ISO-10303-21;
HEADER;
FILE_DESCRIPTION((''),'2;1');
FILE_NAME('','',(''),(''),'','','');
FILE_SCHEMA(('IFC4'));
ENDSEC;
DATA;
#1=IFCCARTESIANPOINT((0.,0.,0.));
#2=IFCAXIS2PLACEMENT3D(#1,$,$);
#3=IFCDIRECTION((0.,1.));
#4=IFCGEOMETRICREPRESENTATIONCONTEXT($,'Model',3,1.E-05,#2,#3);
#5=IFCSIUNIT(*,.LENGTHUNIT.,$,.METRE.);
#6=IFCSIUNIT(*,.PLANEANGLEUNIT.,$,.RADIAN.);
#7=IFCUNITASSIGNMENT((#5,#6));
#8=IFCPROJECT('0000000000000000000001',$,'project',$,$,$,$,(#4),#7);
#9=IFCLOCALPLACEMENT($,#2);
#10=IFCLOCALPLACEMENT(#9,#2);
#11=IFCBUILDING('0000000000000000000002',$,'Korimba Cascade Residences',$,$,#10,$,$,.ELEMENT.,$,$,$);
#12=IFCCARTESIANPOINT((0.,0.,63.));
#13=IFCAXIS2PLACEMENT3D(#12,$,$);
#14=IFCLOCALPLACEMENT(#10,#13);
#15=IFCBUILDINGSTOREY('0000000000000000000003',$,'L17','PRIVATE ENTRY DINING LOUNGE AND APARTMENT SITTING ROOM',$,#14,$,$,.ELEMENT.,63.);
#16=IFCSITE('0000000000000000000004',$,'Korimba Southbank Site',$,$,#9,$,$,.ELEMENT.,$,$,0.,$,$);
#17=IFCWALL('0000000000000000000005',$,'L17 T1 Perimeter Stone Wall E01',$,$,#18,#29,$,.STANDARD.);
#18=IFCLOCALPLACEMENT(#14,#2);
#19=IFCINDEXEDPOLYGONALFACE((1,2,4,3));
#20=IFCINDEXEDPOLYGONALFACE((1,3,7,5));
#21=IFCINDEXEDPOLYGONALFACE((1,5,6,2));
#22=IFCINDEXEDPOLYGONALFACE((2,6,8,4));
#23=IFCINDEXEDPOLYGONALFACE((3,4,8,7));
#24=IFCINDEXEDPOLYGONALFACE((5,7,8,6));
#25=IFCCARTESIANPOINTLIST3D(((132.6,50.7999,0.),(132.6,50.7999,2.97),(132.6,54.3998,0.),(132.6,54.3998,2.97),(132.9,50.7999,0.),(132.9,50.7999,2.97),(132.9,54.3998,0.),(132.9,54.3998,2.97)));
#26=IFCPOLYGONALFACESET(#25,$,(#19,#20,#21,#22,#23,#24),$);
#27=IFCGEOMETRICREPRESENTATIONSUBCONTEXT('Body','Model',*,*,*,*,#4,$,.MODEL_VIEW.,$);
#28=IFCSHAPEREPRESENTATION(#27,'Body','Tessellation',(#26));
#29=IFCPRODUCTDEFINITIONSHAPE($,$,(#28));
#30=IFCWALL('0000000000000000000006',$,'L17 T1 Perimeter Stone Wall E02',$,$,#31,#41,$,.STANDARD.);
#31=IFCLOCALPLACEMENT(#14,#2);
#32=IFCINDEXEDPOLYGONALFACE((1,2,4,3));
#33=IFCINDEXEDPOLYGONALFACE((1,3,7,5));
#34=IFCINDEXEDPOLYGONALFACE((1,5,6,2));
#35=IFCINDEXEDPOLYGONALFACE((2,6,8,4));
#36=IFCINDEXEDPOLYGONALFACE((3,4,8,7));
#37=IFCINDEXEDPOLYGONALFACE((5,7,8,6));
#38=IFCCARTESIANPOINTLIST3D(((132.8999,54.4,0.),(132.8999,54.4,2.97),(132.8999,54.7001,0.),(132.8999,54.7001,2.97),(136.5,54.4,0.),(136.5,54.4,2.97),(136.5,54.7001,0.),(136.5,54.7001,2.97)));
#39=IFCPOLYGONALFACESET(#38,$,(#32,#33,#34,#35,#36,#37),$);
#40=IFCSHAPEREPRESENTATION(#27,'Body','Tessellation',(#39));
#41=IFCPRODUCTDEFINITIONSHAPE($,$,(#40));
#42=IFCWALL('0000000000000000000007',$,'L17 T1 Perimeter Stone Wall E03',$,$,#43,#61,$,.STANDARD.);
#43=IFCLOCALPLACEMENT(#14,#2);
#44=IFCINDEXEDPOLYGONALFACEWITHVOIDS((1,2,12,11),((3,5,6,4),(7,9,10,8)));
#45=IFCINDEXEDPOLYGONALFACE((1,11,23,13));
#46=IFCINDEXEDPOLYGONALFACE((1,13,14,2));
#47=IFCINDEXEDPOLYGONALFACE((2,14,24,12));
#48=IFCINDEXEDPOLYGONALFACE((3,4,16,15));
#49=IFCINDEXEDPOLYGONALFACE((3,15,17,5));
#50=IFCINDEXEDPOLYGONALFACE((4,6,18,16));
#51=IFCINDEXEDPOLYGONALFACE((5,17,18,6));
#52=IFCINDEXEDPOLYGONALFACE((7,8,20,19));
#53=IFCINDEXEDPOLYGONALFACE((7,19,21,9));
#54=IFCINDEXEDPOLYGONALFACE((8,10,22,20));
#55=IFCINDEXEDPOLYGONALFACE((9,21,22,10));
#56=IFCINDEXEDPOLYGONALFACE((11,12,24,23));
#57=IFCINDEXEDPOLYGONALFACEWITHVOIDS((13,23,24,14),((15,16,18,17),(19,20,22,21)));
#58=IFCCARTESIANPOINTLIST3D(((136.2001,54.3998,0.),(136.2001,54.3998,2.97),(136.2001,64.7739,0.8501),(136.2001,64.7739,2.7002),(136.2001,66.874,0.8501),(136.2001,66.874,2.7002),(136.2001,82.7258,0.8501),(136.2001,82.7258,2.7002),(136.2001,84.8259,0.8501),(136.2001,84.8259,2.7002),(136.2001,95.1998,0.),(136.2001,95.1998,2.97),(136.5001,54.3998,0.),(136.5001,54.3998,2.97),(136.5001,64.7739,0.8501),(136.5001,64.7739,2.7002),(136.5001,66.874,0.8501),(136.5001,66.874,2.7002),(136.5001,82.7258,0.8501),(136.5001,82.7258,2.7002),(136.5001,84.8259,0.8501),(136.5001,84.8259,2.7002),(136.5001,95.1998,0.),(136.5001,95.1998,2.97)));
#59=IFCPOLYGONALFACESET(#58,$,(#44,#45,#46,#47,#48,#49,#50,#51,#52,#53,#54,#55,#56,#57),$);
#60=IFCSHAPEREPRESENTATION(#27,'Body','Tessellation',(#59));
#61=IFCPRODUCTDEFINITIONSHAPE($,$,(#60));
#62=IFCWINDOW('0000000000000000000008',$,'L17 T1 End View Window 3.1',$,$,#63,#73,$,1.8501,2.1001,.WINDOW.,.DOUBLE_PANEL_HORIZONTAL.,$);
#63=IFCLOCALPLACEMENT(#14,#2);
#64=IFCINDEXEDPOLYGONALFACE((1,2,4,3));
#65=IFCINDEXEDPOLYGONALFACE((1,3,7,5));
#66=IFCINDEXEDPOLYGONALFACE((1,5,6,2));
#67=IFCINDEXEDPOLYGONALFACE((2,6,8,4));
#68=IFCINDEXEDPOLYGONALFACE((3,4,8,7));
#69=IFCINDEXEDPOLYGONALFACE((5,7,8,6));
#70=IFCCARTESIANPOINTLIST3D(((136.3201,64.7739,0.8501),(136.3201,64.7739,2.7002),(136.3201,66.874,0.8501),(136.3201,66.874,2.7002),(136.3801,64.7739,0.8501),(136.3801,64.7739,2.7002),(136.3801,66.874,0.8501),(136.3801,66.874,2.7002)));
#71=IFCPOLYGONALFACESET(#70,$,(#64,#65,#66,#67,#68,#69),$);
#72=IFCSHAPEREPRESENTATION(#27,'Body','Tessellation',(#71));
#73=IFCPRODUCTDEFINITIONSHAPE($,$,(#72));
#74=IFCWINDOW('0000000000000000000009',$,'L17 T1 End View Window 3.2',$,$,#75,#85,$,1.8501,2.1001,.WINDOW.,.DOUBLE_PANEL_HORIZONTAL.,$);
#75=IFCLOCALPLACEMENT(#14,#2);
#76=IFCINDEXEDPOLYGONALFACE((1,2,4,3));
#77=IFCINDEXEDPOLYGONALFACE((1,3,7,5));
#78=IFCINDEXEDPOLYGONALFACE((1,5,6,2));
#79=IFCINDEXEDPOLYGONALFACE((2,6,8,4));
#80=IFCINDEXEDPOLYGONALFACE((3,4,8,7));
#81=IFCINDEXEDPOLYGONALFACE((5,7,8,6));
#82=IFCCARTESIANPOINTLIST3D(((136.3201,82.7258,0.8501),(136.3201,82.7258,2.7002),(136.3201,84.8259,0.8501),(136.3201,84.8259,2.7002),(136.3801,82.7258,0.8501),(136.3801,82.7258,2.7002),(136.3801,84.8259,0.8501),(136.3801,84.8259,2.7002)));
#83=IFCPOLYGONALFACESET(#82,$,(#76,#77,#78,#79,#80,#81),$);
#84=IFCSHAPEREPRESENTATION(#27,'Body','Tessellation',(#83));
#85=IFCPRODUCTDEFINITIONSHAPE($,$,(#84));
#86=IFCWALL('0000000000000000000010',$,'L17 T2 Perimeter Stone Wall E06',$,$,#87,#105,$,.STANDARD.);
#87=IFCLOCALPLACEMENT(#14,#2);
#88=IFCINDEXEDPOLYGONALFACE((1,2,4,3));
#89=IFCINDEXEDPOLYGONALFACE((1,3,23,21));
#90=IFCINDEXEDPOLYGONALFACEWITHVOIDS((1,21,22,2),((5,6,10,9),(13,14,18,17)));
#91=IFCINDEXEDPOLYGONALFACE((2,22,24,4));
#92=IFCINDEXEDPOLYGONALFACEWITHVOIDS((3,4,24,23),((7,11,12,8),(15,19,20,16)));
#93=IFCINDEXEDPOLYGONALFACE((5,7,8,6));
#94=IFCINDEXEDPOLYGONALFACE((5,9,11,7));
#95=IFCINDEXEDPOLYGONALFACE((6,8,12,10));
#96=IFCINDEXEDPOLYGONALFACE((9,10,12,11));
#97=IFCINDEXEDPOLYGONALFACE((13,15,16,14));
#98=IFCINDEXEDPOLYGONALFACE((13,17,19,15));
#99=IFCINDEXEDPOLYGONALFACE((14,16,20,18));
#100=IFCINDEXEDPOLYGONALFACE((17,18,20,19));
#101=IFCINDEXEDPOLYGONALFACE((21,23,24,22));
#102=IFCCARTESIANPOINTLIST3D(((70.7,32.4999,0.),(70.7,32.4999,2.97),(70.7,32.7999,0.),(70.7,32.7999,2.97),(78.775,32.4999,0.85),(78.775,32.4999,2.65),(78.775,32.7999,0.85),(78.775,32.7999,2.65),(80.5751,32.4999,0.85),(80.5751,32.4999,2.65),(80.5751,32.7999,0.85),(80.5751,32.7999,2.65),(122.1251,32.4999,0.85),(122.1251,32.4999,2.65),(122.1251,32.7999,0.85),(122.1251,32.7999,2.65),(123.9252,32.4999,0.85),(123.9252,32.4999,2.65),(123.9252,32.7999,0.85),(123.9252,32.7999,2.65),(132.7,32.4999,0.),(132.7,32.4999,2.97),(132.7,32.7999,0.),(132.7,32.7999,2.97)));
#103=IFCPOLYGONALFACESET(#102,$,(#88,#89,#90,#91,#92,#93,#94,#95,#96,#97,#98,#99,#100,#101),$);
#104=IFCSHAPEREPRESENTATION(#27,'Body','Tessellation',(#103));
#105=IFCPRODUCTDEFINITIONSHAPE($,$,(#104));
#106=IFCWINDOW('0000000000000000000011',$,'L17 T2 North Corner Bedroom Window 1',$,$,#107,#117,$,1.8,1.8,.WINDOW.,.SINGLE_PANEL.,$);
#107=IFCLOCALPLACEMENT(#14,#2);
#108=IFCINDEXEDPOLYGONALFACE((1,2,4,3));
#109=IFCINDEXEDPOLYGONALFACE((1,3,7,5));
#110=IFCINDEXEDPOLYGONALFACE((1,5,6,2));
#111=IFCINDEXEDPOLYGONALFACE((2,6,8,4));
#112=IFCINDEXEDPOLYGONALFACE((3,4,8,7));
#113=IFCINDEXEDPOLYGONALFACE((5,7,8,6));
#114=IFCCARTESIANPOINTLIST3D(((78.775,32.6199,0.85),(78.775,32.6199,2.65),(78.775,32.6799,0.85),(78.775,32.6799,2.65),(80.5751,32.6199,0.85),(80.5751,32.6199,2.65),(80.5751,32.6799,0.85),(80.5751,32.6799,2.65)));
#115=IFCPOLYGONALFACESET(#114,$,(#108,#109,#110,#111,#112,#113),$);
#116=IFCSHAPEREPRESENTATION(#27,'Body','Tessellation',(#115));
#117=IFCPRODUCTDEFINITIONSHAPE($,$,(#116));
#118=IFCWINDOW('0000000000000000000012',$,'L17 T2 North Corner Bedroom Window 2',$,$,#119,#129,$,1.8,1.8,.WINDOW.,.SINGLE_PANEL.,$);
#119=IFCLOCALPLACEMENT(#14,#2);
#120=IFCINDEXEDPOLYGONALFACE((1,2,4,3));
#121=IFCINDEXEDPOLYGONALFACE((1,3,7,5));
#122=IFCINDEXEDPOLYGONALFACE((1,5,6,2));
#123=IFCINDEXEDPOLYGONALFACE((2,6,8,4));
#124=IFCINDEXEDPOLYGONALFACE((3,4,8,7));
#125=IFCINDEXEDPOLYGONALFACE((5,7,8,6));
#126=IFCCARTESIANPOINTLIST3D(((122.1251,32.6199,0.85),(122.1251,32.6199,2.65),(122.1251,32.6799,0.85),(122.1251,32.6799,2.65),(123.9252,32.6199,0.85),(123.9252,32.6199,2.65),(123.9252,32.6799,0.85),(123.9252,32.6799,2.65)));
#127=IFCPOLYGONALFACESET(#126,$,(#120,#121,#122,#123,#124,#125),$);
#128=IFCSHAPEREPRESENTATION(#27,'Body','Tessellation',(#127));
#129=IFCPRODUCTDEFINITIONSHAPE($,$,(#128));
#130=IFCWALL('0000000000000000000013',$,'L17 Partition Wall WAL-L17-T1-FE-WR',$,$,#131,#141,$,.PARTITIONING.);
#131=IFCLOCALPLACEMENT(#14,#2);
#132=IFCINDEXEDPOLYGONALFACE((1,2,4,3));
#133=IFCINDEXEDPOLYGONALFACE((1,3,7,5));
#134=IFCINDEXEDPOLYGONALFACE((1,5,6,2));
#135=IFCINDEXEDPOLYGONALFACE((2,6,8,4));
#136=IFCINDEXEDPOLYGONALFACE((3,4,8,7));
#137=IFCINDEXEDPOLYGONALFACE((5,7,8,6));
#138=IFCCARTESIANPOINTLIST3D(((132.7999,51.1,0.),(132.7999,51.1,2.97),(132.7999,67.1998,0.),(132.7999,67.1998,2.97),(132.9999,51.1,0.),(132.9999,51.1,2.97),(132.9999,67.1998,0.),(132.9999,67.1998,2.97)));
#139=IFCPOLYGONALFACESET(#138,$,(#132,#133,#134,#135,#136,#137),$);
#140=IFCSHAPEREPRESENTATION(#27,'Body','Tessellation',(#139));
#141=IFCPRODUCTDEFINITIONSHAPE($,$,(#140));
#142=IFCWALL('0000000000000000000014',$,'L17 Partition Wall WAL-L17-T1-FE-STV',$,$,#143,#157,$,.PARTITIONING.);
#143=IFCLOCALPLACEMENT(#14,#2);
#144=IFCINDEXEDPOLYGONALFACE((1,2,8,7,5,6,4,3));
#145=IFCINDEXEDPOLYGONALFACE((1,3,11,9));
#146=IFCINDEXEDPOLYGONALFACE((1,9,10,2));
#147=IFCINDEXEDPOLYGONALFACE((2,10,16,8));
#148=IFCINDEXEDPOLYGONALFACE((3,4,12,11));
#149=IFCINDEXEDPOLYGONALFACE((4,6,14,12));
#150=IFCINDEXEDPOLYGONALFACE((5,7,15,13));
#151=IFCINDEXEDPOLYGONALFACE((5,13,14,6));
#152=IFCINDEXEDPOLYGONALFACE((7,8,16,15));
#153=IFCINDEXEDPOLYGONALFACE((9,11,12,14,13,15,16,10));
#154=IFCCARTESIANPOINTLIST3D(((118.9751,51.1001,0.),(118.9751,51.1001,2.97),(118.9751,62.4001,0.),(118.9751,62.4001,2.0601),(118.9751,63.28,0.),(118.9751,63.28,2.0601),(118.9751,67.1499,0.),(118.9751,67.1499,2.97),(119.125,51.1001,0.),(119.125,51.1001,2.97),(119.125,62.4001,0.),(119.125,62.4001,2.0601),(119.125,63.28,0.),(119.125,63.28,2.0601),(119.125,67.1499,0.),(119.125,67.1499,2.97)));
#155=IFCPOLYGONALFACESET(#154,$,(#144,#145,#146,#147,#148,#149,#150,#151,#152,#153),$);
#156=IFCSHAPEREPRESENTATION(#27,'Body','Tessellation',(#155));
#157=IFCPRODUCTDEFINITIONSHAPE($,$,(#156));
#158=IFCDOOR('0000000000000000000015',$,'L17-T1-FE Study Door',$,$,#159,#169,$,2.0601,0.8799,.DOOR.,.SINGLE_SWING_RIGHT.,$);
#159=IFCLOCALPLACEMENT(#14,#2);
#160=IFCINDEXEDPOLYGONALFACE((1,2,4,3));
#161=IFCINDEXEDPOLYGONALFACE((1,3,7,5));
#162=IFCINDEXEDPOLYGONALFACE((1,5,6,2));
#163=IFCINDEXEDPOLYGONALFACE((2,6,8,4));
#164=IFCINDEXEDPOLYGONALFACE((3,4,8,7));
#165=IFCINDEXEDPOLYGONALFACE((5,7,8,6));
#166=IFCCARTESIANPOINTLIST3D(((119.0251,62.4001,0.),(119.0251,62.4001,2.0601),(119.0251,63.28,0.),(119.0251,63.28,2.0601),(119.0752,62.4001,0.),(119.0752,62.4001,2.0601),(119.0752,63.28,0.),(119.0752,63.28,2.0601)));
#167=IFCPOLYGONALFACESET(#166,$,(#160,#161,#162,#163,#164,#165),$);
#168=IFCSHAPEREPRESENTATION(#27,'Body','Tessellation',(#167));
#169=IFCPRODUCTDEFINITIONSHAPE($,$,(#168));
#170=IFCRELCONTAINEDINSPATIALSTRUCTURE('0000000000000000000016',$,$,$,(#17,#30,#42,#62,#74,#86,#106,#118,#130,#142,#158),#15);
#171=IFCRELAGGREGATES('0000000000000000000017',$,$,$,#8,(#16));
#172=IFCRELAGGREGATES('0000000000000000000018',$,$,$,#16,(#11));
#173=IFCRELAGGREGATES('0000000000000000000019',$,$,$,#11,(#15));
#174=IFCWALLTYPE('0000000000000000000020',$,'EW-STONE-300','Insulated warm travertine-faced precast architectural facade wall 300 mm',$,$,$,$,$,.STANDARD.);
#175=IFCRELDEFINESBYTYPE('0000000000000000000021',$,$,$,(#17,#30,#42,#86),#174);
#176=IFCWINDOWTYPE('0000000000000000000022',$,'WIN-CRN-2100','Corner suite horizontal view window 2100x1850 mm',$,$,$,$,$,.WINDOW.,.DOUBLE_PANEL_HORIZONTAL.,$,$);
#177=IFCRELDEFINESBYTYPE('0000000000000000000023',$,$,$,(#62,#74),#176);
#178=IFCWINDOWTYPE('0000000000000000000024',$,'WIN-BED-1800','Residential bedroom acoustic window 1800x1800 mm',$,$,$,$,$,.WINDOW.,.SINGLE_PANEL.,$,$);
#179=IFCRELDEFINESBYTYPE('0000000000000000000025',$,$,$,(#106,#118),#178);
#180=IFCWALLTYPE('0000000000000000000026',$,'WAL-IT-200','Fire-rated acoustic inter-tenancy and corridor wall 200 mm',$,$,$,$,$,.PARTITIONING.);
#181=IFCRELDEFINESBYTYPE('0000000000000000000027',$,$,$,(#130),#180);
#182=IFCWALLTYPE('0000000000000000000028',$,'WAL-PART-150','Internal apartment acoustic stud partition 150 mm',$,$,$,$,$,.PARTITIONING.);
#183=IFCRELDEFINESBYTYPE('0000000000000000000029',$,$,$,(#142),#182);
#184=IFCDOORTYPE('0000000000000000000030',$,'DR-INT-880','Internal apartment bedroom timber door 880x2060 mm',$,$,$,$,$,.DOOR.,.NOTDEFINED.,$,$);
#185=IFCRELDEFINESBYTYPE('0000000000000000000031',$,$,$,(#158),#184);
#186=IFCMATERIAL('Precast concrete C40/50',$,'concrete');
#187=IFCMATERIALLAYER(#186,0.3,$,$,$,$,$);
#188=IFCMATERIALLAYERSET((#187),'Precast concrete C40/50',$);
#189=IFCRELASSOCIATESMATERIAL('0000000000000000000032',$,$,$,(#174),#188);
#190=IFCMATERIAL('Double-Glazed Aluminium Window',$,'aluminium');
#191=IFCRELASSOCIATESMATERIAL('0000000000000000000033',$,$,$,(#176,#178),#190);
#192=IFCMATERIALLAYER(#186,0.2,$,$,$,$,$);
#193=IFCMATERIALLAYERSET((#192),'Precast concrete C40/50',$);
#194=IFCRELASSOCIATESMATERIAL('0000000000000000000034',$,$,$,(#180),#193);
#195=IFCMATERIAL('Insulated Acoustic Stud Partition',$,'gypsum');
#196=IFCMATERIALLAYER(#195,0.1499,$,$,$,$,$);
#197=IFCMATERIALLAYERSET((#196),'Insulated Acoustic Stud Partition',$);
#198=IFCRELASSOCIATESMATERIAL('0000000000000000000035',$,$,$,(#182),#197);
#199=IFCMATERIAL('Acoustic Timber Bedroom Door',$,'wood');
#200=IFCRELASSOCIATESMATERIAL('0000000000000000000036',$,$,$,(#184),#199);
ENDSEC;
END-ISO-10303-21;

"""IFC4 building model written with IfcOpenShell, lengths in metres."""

from ifc_helpers import new_model, si_unit, direction, frame, frame_2d, origin, place, context, subcontext, project, spatial, rectangle, extrude, material, layer, layer_set, type_object, element, fill, save


model = new_model("IFC4")

# Units and contexts
model_context = context("Model", 3, precision=1e-05, world=origin(), true_north=direction((0.0, 1.0)))
body_context = subcontext(model_context, "Body", "Model", "MODEL_VIEW")
ifc_project = project(units=[si_unit("LENGTHUNIT", "METRE"), si_unit("PLANEANGLEUNIT", "RADIAN")], contexts=[model_context])

# Site, building, storey
site_placement = place(None, origin())
site = spatial("IfcSite", under=ifc_project, at=site_placement, Name="Korimba Southbank Site", CompositionType="ELEMENT", RefElevation=0.0)
building_placement = place(site_placement, origin())
building = spatial("IfcBuilding", under=site, at=building_placement, Name="Korimba Cascade Residences", CompositionType="ELEMENT")
storey_placement = place(building_placement, frame((0.0, 0.0, 63.0)))
storey = spatial("IfcBuildingStorey", under=building, at=storey_placement, Name="L17", Description="PRIVATE ENTRY DINING LOUNGE AND APARTMENT SITTING ROOM", CompositionType="ELEMENT", Elevation=63.0)

# Walls
ifc_material_1 = material(Name="Precast concrete C40/50", Category="concrete")
ifc_layer_1 = layer(ifc_material_1, 0.3)
ifc_layer_set_1 = layer_set([ifc_layer_1], Name="Precast concrete C40/50")
wall_type_1 = type_object("IfcWallType", Name="EW-STONE-300", Description="Insulated warm travertine-faced precast architectural facade wall 300 mm", PredefinedType="STANDARD", material=ifc_layer_set_1)
wall_1_placement = place(storey_placement, frame((132.75, 50.8, 0.0), z_axis=(0.0, 0.0, 1.0), x_axis=(0.0, 1.0, 0.0)))
element("IfcWall", 1, at=wall_1_placement, inside=storey, type_object=wall_type_1, Name="L17 T1 Perimeter Stone Wall E01", PredefinedType="STANDARD", context=body_context, shape_type="SweptSolid", body=[
    extrude(rectangle(XDim=3.5999, YDim=0.3, at=frame_2d((1.7998, 0.0))), origin(), (0.0, 0.0, 1.0), 2.97),
])
wall_2_placement = place(storey_placement, frame((132.8999, 54.55, 0.0), z_axis=(0.0, 0.0, 1.0), x_axis=(1.0, 0.0, 0.0)))
element("IfcWall", 2, at=wall_2_placement, inside=storey, type_object=wall_type_1, Name="L17 T1 Perimeter Stone Wall E02", PredefinedType="STANDARD", context=body_context, shape_type="SweptSolid", body=[
    extrude(rectangle(XDim=3.6001, YDim=0.3, at=frame_2d((1.8, 0.0))), origin(), (0.0, 0.0, 1.0), 2.97),
])

# Walls, openings, windows
wall_3_placement = place(storey_placement, frame((136.3501, 54.3999, 0.0), z_axis=(0.0, 0.0, 1.0), x_axis=(0.0, 1.0, 0.0)))
wall_3 = element("IfcWall", 3, at=wall_3_placement, inside=storey, type_object=wall_type_1, Name="L17 T1 Perimeter Stone Wall E03", PredefinedType="STANDARD", context=body_context, shape_type="SweptSolid", body=[
    extrude(rectangle(XDim=40.8, YDim=0.3, at=frame_2d((20.3999, 0.0))), origin(), (0.0, 0.0, 1.0), 2.97),
])
opening_1_placement = place(wall_3_placement, frame((10.374, 0.0, 0.8501)))
opening_1 = element("IfcOpeningElement", 4, at=opening_1_placement, cuts=wall_3, PredefinedType="OPENING", context=body_context, shape_type="SweptSolid", body=[
    extrude(rectangle(XDim=2.1001, YDim=1.8501, at=frame_2d((1.05, 0.925))), frame((0.0, 0.1602, 0.0), z_axis=(0.0, -1.0, 0.0), x_axis=(1.0, 0.0, 0.0)), (0.0, 0.0, 1.0), 0.3201),
])
opening_2_placement = place(wall_3_placement, frame((28.3259, 0.0, 0.8501)))
opening_2 = element("IfcOpeningElement", 5, at=opening_2_placement, cuts=wall_3, PredefinedType="OPENING", context=body_context, shape_type="SweptSolid", body=[
    extrude(rectangle(XDim=2.1001, YDim=1.8501, at=frame_2d((1.05, 0.925))), frame((0.0, 0.1602, 0.0), z_axis=(0.0, -1.0, 0.0), x_axis=(1.0, 0.0, 0.0)), (0.0, 0.0, 1.0), 0.3201),
])
ifc_material_2 = material(Name="Double-Glazed Aluminium Window", Category="aluminium")
window_type_1 = type_object("IfcWindowType", Name="WIN-CRN-2100", Description="Corner suite horizontal view window 2100x1850 mm", PartitioningType="DOUBLE_PANEL_HORIZONTAL", PredefinedType="WINDOW", material=ifc_material_2)
window_1_placement = place(opening_1_placement, origin())
window_1 = element("IfcWindow", 6, at=window_1_placement, inside=storey, type_object=window_type_1, Name="L17 T1 End View Window 3.1", OverallHeight=1.8501, OverallWidth=2.1001, PartitioningType="DOUBLE_PANEL_HORIZONTAL", PredefinedType="WINDOW", context=body_context, shape_type="SweptSolid", body=[
    extrude(rectangle(XDim=2.1001, YDim=1.8501, at=frame_2d((1.05, 0.925))), frame((0.0, 0.03, 0.0), z_axis=(0.0, -1.0, 0.0), x_axis=(1.0, 0.0, 0.0)), (0.0, 0.0, 1.0), 0.0601),
])
fill(opening_1, window_1)
window_2_placement = place(opening_2_placement, origin())
window_2 = element("IfcWindow", 7, at=window_2_placement, inside=storey, type_object=window_type_1, Name="L17 T1 End View Window 3.2", OverallHeight=1.8501, OverallWidth=2.1001, PartitioningType="DOUBLE_PANEL_HORIZONTAL", PredefinedType="WINDOW", context=body_context, shape_type="SweptSolid", body=[
    extrude(rectangle(XDim=2.1001, YDim=1.8501, at=frame_2d((1.05, 0.925))), frame((0.0, 0.03, 0.0), z_axis=(0.0, -1.0, 0.0), x_axis=(1.0, 0.0, 0.0)), (0.0, 0.0, 1.0), 0.0601),
])
fill(opening_2, window_2)
wall_4_placement = place(storey_placement, frame((132.7, 32.6499, 0.0), z_axis=(0.0, 0.0, 1.0), x_axis=(-1.0, 0.0, 0.0)))
wall_4 = element("IfcWall", 8, at=wall_4_placement, inside=storey, type_object=wall_type_1, Name="L17 T2 Perimeter Stone Wall E06", PredefinedType="STANDARD", context=body_context, shape_type="SweptSolid", body=[
    extrude(rectangle(XDim=62.0, YDim=0.3, at=frame_2d((31.0, 0.0))), origin(), (0.0, 0.0, 1.0), 2.97),
])
opening_3_placement = place(wall_4_placement, frame((52.125, 0.0, 0.8501)))
opening_3 = element("IfcOpeningElement", 9, at=opening_3_placement, cuts=wall_4, PredefinedType="OPENING", context=body_context, shape_type="SweptSolid", body=[
    extrude(rectangle(XDim=1.8, YDim=1.8, at=frame_2d((0.8999, 0.8999))), frame((0.0, 0.1602, 0.0), z_axis=(0.0, -1.0, 0.0), x_axis=(1.0, 0.0, 0.0)), (0.0, 0.0, 1.0), 0.3201),
])
opening_4_placement = place(wall_4_placement, frame((8.7749, 0.0, 0.8501)))
opening_4 = element("IfcOpeningElement", 10, at=opening_4_placement, cuts=wall_4, PredefinedType="OPENING", context=body_context, shape_type="SweptSolid", body=[
    extrude(rectangle(XDim=1.8, YDim=1.8, at=frame_2d((0.8999, 0.8999))), frame((0.0, 0.1602, 0.0), z_axis=(0.0, -1.0, 0.0), x_axis=(1.0, 0.0, 0.0)), (0.0, 0.0, 1.0), 0.3201),
])
window_type_2 = type_object("IfcWindowType", Name="WIN-BED-1800", Description="Residential bedroom acoustic window 1800x1800 mm", PartitioningType="SINGLE_PANEL", PredefinedType="WINDOW", material=ifc_material_2)
window_3_placement = place(opening_3_placement, origin())
window_3 = element("IfcWindow", 11, at=window_3_placement, inside=storey, type_object=window_type_2, Name="L17 T2 North Corner Bedroom Window 1", OverallHeight=1.8, OverallWidth=1.8, PartitioningType="SINGLE_PANEL", PredefinedType="WINDOW", context=body_context, shape_type="SweptSolid", body=[
    extrude(rectangle(XDim=1.8, YDim=1.8, at=frame_2d((0.8999, 0.8999))), frame((0.0, 0.03, 0.0), z_axis=(0.0, -1.0, 0.0), x_axis=(1.0, 0.0, 0.0)), (0.0, 0.0, 1.0), 0.0601),
])
fill(opening_3, window_3)
window_4_placement = place(opening_4_placement, origin())
window_4 = element("IfcWindow", 12, at=window_4_placement, inside=storey, type_object=window_type_2, Name="L17 T2 North Corner Bedroom Window 2", OverallHeight=1.8, OverallWidth=1.8, PartitioningType="SINGLE_PANEL", PredefinedType="WINDOW", context=body_context, shape_type="SweptSolid", body=[
    extrude(rectangle(XDim=1.8, YDim=1.8, at=frame_2d((0.8999, 0.8999))), frame((0.0, 0.03, 0.0), z_axis=(0.0, -1.0, 0.0), x_axis=(1.0, 0.0, 0.0)), (0.0, 0.0, 1.0), 0.0601),
])
fill(opening_4, window_4)

# Wall
ifc_layer_2 = layer(ifc_material_1, 0.2)
ifc_layer_set_2 = layer_set([ifc_layer_2], Name="Precast concrete C40/50")
wall_type_2 = type_object("IfcWallType", Name="WAL-IT-200", Description="Fire-rated acoustic inter-tenancy and corridor wall 200 mm", PredefinedType="PARTITIONING", material=ifc_layer_set_2)
wall_5_placement = place(storey_placement, frame((132.8999, 51.1001, 0.0), z_axis=(0.0, 0.0, 1.0), x_axis=(0.0, 1.0, 0.0)))
element("IfcWall", 13, at=wall_5_placement, inside=storey, type_object=wall_type_2, Name="L17 Partition Wall WAL-L17-T1-FE-WR", PredefinedType="PARTITIONING", context=body_context, shape_type="SweptSolid", body=[
    extrude(rectangle(XDim=16.0999, YDim=0.2, at=frame_2d((8.0498, 0.0))), origin(), (0.0, 0.0, 1.0), 2.97),
])

# Wall, opening, door
ifc_material_3 = material(Name="Insulated Acoustic Stud Partition", Category="gypsum")
ifc_layer_3 = layer(ifc_material_3, 0.1499)
ifc_layer_set_3 = layer_set([ifc_layer_3], Name="Insulated Acoustic Stud Partition")
wall_type_3 = type_object("IfcWallType", Name="WAL-PART-150", Description="Internal apartment acoustic stud partition 150 mm", PredefinedType="PARTITIONING", material=ifc_layer_set_3)
wall_6_placement = place(storey_placement, frame((119.05, 51.1001, 0.0), z_axis=(0.0, 0.0, 1.0), x_axis=(0.0, 1.0, 0.0)))
wall_6 = element("IfcWall", 14, at=wall_6_placement, inside=storey, type_object=wall_type_3, Name="L17 Partition Wall WAL-L17-T1-FE-STV", PredefinedType="PARTITIONING", context=body_context, shape_type="SweptSolid", body=[
    extrude(rectangle(XDim=16.0498, YDim=0.1499, at=frame_2d((8.0249, 0.0))), origin(), (0.0, 0.0, 1.0), 2.97),
])
opening_5_placement = place(wall_6_placement, frame((11.3, 0.0, 0.0)))
opening_5 = element("IfcOpeningElement", 15, at=opening_5_placement, cuts=wall_6, PredefinedType="OPENING", context=body_context, shape_type="SweptSolid", body=[
    extrude(rectangle(XDim=0.8799, YDim=2.0601, at=frame_2d((0.4399, 1.03))), frame((0.0, 0.085, 0.0), z_axis=(0.0, -1.0, 0.0), x_axis=(1.0, 0.0, 0.0)), (0.0, 0.0, 1.0), 0.1699),
])
ifc_material_4 = material(Name="Acoustic Timber Bedroom Door", Category="wood")
door_type = type_object("IfcDoorType", Name="DR-INT-880", Description="Internal apartment bedroom timber door 880x2060 mm", OperationType="NOTDEFINED", PredefinedType="DOOR", material=ifc_material_4)
door_placement = place(opening_5_placement, origin())
door = element("IfcDoor", 16, at=door_placement, inside=storey, type_object=door_type, Name="L17-T1-FE Study Door", OperationType="SINGLE_SWING_RIGHT", OverallHeight=2.0601, OverallWidth=0.8799, PredefinedType="DOOR", context=body_context, shape_type="SweptSolid", body=[
    extrude(rectangle(XDim=0.8799, YDim=2.0601, at=frame_2d((0.4399, 1.03))), frame((0.0, 0.0249, 0.0), z_axis=(0.0, -1.0, 0.0), x_axis=(1.0, 0.0, 0.0)), (0.0, 0.0, 1.0), 0.05),
])
fill(opening_5, door)

save(model, "model.ifc")
